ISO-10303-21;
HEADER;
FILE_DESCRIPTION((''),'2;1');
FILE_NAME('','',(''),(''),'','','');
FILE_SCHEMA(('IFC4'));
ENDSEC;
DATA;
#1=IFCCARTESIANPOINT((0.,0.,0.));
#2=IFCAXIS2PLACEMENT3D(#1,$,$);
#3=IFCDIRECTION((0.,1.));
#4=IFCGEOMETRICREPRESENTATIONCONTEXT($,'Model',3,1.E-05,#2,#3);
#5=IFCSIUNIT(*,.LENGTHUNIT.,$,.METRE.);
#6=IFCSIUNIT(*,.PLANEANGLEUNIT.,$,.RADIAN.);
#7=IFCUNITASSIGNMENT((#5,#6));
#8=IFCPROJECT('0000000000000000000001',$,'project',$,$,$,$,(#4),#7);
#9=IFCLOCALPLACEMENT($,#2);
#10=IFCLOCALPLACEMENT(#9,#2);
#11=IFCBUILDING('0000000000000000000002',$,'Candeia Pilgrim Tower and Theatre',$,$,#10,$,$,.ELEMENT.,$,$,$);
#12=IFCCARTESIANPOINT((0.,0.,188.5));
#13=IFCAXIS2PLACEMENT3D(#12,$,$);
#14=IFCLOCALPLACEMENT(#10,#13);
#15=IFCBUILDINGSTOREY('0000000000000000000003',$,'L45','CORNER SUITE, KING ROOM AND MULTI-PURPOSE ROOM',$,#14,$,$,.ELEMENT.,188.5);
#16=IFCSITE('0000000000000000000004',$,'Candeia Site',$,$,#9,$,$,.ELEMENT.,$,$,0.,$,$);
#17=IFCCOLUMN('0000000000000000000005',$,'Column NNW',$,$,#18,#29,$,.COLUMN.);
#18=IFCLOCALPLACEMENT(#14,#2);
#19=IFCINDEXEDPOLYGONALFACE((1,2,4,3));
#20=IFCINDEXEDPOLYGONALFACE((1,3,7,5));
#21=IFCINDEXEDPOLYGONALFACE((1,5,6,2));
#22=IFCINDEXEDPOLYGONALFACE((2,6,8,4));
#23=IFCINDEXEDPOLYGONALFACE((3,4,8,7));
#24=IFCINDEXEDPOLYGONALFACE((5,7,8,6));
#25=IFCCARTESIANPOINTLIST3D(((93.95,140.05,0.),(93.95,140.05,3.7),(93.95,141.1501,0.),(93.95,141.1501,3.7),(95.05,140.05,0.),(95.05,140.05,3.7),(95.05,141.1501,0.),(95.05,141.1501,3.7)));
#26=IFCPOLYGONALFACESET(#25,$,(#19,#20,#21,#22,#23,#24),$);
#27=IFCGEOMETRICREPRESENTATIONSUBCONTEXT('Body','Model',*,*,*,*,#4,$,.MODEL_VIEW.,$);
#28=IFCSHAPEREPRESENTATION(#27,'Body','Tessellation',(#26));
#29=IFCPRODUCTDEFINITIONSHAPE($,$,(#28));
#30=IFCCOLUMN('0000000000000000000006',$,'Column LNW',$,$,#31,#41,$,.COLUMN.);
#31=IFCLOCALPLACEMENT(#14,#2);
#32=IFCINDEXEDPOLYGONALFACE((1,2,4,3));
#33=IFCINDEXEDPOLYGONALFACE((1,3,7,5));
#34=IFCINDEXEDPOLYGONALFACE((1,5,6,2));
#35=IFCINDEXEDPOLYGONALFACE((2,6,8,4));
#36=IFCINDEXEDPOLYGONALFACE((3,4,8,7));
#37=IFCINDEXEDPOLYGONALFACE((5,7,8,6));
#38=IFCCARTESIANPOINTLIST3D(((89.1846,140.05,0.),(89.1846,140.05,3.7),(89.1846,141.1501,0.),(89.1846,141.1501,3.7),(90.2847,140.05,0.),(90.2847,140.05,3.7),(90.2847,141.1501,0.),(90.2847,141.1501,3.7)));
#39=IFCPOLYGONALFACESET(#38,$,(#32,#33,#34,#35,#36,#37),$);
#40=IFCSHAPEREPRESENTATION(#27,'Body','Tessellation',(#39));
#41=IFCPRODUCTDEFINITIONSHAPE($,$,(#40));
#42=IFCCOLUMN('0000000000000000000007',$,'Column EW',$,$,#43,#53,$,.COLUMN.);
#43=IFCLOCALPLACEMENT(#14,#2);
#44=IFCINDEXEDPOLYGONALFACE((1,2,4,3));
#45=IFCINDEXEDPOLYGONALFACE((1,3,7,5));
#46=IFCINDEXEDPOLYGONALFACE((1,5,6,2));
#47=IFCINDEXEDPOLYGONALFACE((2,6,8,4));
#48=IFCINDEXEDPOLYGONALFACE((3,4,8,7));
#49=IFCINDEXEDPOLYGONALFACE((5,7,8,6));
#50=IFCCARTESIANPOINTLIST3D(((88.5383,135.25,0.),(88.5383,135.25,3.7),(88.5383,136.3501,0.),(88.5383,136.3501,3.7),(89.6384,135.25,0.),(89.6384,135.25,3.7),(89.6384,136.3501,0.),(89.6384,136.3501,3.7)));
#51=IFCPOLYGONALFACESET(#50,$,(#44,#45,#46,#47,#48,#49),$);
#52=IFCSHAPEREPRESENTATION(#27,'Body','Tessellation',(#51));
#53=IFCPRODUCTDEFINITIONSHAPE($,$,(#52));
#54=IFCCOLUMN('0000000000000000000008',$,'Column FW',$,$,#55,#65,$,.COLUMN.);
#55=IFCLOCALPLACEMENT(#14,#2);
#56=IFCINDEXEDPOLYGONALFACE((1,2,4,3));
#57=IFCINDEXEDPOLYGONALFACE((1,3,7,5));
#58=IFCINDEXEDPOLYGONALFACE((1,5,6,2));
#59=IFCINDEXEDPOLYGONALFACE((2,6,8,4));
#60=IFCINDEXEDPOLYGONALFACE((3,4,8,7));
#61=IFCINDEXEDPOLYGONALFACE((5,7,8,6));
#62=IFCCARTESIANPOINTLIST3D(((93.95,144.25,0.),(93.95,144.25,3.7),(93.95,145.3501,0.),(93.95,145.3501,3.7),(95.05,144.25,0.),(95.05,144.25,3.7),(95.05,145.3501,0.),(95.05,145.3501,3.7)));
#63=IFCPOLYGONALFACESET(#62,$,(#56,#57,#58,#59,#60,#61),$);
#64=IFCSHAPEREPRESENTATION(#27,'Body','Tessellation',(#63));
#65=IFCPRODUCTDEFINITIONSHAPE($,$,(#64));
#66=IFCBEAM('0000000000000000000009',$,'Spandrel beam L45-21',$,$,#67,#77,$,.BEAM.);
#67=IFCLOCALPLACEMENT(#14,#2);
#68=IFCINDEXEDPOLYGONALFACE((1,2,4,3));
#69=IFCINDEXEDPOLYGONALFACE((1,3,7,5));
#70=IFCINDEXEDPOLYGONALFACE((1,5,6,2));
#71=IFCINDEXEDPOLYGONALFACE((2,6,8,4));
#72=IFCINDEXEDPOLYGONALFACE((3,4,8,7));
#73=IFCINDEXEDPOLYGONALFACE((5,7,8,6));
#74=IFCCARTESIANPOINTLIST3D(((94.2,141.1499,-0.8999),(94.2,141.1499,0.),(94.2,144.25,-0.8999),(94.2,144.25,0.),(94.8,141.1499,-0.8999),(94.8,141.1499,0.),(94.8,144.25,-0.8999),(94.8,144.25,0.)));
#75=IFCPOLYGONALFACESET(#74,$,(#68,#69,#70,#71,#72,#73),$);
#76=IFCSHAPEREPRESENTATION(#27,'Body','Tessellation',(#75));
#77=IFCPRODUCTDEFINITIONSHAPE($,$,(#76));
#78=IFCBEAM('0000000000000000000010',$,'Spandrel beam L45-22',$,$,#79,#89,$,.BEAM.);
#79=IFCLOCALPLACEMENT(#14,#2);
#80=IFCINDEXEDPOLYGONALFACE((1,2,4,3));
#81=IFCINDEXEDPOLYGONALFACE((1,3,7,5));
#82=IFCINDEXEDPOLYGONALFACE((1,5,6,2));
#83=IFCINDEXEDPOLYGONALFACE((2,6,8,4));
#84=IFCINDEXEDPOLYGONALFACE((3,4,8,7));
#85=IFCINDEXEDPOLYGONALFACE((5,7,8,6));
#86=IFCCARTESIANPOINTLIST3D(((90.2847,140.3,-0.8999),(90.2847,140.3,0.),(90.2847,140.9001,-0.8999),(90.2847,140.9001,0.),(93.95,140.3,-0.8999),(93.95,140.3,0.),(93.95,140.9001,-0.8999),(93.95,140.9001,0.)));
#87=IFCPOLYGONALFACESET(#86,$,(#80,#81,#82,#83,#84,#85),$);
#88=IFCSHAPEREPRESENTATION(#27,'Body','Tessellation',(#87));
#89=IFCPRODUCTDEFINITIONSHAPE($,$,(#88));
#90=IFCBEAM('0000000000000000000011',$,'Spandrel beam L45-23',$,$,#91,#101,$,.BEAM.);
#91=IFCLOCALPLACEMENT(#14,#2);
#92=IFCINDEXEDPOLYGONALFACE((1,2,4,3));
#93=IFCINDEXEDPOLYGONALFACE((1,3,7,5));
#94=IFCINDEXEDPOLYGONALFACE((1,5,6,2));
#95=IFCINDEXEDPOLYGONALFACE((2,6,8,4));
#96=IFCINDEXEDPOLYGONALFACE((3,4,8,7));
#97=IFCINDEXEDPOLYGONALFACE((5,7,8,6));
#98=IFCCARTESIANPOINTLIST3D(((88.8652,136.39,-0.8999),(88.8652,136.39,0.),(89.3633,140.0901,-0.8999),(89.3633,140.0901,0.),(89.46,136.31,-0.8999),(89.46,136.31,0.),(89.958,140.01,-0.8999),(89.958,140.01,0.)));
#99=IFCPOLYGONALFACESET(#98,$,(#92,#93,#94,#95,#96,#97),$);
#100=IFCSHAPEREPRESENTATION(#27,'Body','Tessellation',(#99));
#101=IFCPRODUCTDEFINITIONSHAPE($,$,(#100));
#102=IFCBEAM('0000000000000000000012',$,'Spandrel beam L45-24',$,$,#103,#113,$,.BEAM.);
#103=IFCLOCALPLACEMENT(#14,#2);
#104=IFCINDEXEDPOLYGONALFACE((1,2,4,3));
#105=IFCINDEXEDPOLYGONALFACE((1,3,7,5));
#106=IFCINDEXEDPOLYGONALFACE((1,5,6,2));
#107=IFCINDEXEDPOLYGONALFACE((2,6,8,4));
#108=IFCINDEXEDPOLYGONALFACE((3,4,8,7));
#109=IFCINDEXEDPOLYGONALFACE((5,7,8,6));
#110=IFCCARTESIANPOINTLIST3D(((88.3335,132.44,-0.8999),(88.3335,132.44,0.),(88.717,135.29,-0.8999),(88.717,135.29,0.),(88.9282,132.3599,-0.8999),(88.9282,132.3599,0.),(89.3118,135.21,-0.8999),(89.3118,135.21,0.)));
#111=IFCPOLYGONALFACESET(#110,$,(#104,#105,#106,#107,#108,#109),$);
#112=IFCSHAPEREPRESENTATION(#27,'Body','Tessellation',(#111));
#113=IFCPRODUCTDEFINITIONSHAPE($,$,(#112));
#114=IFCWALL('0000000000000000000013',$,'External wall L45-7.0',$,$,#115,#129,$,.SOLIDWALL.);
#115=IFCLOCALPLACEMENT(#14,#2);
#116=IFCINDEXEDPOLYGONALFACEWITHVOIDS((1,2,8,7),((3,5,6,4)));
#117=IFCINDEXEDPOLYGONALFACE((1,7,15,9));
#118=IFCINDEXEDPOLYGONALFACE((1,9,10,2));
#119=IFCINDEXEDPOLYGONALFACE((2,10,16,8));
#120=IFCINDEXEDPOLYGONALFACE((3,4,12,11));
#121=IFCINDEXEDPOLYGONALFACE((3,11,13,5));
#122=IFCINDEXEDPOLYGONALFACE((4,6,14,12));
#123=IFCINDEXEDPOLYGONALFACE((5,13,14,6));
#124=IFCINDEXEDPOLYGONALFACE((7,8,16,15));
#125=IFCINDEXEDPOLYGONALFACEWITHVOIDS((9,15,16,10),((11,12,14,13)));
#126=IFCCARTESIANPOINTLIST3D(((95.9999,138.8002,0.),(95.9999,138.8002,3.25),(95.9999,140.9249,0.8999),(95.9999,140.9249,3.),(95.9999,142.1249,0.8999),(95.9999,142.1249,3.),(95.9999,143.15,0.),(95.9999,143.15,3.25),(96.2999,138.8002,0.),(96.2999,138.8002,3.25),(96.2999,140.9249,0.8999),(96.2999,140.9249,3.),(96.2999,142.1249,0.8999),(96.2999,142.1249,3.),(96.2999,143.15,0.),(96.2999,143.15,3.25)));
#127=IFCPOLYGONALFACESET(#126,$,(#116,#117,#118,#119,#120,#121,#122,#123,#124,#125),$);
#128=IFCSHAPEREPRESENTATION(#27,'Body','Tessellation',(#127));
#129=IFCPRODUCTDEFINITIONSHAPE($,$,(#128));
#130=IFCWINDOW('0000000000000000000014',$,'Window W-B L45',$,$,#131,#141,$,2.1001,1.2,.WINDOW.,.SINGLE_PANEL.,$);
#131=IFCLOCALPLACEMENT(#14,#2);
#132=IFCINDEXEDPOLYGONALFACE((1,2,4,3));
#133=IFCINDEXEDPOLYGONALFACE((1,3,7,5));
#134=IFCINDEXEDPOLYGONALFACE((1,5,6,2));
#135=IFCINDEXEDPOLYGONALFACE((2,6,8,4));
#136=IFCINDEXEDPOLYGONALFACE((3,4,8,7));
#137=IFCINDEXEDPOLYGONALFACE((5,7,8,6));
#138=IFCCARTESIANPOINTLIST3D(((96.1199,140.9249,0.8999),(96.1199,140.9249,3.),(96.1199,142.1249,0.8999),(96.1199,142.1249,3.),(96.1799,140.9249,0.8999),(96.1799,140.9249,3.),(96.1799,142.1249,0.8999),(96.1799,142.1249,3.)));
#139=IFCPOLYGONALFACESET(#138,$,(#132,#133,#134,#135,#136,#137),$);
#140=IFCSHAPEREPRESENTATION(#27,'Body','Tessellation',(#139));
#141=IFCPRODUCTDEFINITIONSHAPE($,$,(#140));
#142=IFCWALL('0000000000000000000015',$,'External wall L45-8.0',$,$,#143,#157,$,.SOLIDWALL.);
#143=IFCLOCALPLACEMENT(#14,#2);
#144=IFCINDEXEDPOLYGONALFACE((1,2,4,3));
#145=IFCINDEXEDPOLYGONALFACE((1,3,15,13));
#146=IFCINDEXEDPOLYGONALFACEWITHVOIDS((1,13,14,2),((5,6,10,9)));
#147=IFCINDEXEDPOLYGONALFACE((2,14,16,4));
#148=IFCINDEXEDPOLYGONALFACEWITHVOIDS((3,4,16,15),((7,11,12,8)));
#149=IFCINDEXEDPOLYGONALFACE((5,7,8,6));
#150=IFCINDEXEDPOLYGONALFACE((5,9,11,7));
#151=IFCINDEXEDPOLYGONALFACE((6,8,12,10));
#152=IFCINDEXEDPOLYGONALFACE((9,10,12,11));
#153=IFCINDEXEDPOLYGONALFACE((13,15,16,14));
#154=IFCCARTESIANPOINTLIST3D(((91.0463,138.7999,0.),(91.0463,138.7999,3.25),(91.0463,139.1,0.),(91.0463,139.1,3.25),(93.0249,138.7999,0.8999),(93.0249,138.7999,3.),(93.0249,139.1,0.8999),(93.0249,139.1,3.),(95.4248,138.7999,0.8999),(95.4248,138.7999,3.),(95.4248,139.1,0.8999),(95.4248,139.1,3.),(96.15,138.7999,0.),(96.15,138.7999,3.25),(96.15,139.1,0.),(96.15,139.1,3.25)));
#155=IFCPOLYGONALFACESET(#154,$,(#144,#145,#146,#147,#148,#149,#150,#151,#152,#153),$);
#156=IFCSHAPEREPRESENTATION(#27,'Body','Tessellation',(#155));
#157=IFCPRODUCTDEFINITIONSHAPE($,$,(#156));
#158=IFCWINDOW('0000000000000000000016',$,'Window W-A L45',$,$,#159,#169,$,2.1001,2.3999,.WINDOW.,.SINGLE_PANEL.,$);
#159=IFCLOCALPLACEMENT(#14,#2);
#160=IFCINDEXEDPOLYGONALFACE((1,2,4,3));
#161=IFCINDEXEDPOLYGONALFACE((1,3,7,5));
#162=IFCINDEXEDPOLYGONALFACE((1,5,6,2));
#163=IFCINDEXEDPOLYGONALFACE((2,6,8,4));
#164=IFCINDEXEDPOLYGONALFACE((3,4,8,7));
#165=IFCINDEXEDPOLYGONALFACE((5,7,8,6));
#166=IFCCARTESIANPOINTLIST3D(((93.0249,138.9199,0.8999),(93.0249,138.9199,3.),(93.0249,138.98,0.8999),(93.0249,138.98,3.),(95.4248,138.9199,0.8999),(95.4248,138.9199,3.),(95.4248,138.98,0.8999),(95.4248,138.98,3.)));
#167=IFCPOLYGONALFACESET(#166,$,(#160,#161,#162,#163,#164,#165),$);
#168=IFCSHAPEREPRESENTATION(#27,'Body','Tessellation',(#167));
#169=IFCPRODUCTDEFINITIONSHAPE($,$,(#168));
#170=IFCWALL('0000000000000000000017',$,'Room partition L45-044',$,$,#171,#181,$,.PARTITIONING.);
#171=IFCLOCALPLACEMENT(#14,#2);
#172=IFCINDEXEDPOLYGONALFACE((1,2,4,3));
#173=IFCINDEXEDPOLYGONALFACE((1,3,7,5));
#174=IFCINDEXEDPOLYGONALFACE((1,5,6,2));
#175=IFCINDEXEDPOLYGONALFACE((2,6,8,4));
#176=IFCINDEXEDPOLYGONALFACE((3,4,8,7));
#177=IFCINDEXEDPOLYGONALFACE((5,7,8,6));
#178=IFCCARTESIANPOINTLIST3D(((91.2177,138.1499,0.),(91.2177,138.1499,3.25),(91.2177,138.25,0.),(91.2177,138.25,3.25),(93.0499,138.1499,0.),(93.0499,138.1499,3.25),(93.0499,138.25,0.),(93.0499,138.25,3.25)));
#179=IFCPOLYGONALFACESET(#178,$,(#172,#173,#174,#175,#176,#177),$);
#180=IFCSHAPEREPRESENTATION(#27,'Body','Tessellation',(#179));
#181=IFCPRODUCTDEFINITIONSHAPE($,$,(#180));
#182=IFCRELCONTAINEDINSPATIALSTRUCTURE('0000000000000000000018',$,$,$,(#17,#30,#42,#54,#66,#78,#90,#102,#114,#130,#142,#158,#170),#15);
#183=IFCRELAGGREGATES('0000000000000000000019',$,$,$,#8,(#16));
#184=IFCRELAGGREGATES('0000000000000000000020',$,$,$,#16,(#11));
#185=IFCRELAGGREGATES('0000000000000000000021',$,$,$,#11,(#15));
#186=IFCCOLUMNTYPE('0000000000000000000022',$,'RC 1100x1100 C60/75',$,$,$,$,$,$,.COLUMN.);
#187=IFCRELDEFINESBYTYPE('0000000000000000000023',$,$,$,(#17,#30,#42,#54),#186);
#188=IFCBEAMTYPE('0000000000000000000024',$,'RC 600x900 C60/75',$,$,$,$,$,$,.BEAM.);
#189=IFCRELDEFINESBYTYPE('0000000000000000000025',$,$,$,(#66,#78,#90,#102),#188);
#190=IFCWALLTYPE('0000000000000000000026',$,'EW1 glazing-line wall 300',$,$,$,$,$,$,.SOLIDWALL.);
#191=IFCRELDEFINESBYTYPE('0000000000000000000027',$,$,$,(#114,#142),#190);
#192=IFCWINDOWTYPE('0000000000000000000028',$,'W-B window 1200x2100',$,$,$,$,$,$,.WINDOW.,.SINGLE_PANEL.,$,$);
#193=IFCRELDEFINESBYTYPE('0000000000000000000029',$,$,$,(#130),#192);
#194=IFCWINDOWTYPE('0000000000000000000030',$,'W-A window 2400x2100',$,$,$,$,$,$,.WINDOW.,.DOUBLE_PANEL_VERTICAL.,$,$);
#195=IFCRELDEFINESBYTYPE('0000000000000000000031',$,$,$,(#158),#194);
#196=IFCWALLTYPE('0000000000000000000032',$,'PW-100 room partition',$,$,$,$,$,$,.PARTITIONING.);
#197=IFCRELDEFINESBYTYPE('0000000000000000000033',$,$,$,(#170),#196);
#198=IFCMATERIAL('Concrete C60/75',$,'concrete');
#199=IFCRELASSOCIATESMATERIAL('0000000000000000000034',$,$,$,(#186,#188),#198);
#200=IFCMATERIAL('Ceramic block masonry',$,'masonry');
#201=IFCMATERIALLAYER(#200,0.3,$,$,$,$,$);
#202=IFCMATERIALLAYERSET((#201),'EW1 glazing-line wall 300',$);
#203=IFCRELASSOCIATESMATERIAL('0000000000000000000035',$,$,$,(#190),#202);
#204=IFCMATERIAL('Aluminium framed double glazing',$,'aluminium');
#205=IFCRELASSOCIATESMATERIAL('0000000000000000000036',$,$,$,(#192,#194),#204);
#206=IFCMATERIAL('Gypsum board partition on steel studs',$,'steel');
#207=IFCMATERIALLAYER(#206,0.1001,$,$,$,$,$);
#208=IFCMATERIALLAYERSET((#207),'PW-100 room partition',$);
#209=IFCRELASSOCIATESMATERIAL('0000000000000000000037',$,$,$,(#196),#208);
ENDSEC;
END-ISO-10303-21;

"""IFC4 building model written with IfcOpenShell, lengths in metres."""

from ifc_helpers import new_model, si_unit, direction, frame, frame_2d, origin, origin_2d, place, context, subcontext, project, spatial, rectangle, extrude, material, layer, layer_set, material_profile, profile_set, type_object, element, fill, save


model = new_model("IFC4")

# Units and contexts
model_context = context("Model", 3, precision=1e-05, world=origin(), true_north=direction((0.0, 1.0)))
body_context = subcontext(model_context, "Body", "Model", "MODEL_VIEW")
ifc_project = project(units=[si_unit("LENGTHUNIT", "METRE"), si_unit("PLANEANGLEUNIT", "RADIAN")], contexts=[model_context])

# Site, building, storey
site_placement = place(None, origin())
site = spatial("IfcSite", under=ifc_project, at=site_placement, Name="Candeia Site", CompositionType="ELEMENT", RefElevation=0.0)
building_placement = place(site_placement, origin())
building = spatial("IfcBuilding", under=site, at=building_placement, Name="Candeia Pilgrim Tower and Theatre", CompositionType="ELEMENT")
storey_placement = place(building_placement, frame((0.0, 0.0, 188.5)))
storey = spatial("IfcBuildingStorey", under=building, at=storey_placement, Name="L45", Description="CORNER SUITE, KING ROOM AND MULTI-PURPOSE ROOM", CompositionType="ELEMENT", Elevation=188.5)

# Columns
ifc_material_1 = material(Name="Concrete C60/75", Category="concrete")
ifc_material_profile_1 = material_profile(ifc_material_1, rectangle(XDim=1.1001, YDim=1.1001, at=origin_2d()))
ifc_profile_set_1 = profile_set([ifc_material_profile_1], Name="Concrete C60/75")
column_type = type_object("IfcColumnType", Name="RC 1100x1100 C60/75", PredefinedType="COLUMN", material=ifc_profile_set_1)
for number, where, z_axis, x_axis, name in (
    (1, (94.5, 140.6001, 0.0), (0.0, 0.0, 1.0), (1.0, 0.0, 0.0), "Column NNW"),
    (2, (89.7346, 140.6001, 0.0), (0.0, 0.0, 1.0), (1.0, 0.0, 0.0), "Column LNW"),
    (3, (89.0884, 135.8, 0.0), (0.0, 0.0, 1.0), (1.0, 0.0, 0.0), "Column EW"),
    (4, (94.5, 144.8, 0.0), (0.0, 0.0, 1.0), (1.0, 0.0, 0.0), "Column FW"),
):
    element("IfcColumn", number, at=place(storey_placement, frame(where, z_axis=z_axis, x_axis=x_axis)), inside=storey, type_object=column_type, Name=name, PredefinedType="COLUMN", context=body_context, shape_type="SweptSolid", body=[
        extrude(rectangle(XDim=1.1001, YDim=1.1001, at=origin_2d()), origin(), (0.0, 0.0, 1.0), 3.7),
    ])

# Beams
ifc_material_profile_2 = material_profile(ifc_material_1, rectangle(XDim=0.6001, YDim=0.8999, at=origin_2d()))
ifc_profile_set_2 = profile_set([ifc_material_profile_2], Name="Concrete C60/75")
beam_type = type_object("IfcBeamType", Name="RC 600x900 C60/75", PredefinedType="BEAM", material=ifc_profile_set_2)
beam_1_placement = place(storey_placement, frame((94.5, 144.25, -0.45), z_axis=(0.0, -1.0, 0.0), x_axis=(1.0, 0.0, 0.0)))
element("IfcBeam", 5, at=beam_1_placement, inside=storey, type_object=beam_type, Name="Spandrel beam L45-21", PredefinedType="BEAM", context=body_context, shape_type="SweptSolid", body=[
    extrude(rectangle(XDim=0.6001, YDim=0.8999, at=origin_2d()), origin(), (0.0, 0.0, 1.0), 3.1001),
])
beam_2_placement = place(storey_placement, frame((93.95, 140.6001, -0.45), z_axis=(-1.0, 0.0, 0.0), x_axis=(0.0, -1.0, 0.0)))
element("IfcBeam", 6, at=beam_2_placement, inside=storey, type_object=beam_type, Name="Spandrel beam L45-22", PredefinedType="BEAM", context=body_context, shape_type="SweptSolid", body=[
    extrude(rectangle(XDim=0.6001, YDim=0.8999, at=origin_2d()), origin(), (0.0, 0.0, 1.0), 3.6653),
])
beam_3_placement = place(storey_placement, frame((89.6606, 140.05, -0.45), z_axis=(-0.133406, -0.991061, 0.0), x_axis=(0.991061, -0.133406, 0.0)))
element("IfcBeam", 7, at=beam_3_placement, inside=storey, type_object=beam_type, Name="Spandrel beam L45-23", PredefinedType="BEAM", context=body_context, shape_type="SweptSolid", body=[
    extrude(rectangle(XDim=0.6001, YDim=0.8999, at=origin_2d()), origin(), (0.0, 0.0, 1.0), 3.7334),
])
beam_4_placement = place(storey_placement, frame((89.0144, 135.25, -0.45), z_axis=(-0.13337, -0.991066, 0.0), x_axis=(0.991066, -0.13337, 0.0)))
element("IfcBeam", 8, at=beam_4_placement, inside=storey, type_object=beam_type, Name="Spandrel beam L45-24", PredefinedType="BEAM", context=body_context, shape_type="SweptSolid", body=[
    extrude(rectangle(XDim=0.6001, YDim=0.8999, at=origin_2d()), origin(), (0.0, 0.0, 1.0), 2.8757),
])

# Walls, openings, windows
ifc_material_2 = material(Name="Ceramic block masonry", Category="masonry")
ifc_layer_1 = layer(ifc_material_2, 0.3)
ifc_layer_set_1 = layer_set([ifc_layer_1], Name="EW1 glazing-line wall 300")
wall_type_1 = type_object("IfcWallType", Name="EW1 glazing-line wall 300", PredefinedType="SOLIDWALL", material=ifc_layer_set_1)
wall_1_placement = place(storey_placement, frame((96.1499, 143.1499, 0.0), z_axis=(0.0, 0.0, 1.0), x_axis=(0.0, -1.0, 0.0)))
wall_1 = element("IfcWall", 9, at=wall_1_placement, inside=storey, type_object=wall_type_1, Name="External wall L45-7.0", PredefinedType="SOLIDWALL", context=body_context, shape_type="SweptSolid", body=[
    extrude(rectangle(XDim=4.3499, YDim=0.3, at=frame_2d((2.1748, 0.0))), origin(), (0.0, 0.0, 1.0), 3.25),
])
opening_1_placement = place(wall_1_placement, frame((1.0249, 0.0, 0.8999)))
opening_1 = element("IfcOpeningElement", 10, at=opening_1_placement, cuts=wall_1, PredefinedType="OPENING", context=body_context, shape_type="SweptSolid", body=[
    extrude(rectangle(XDim=1.2, YDim=2.1001, at=frame_2d((0.6001, 1.05))), frame((0.0, 0.1602, 0.0), z_axis=(0.0, -1.0, 0.0), x_axis=(1.0, 0.0, 0.0)), (0.0, 0.0, 1.0), 0.3201),
])
ifc_material_3 = material(Name="Aluminium framed double glazing", Category="aluminium")
window_type_1 = type_object("IfcWindowType", Name="W-B window 1200x2100", PartitioningType="SINGLE_PANEL", PredefinedType="WINDOW", material=ifc_material_3)
window_1_placement = place(opening_1_placement, origin())
window_1 = element("IfcWindow", 11, at=window_1_placement, inside=storey, type_object=window_type_1, Name="Window W-B L45", OverallHeight=2.1001, OverallWidth=1.2, PartitioningType="SINGLE_PANEL", PredefinedType="WINDOW", context=body_context, shape_type="SweptSolid", body=[
    extrude(rectangle(XDim=1.2, YDim=2.1001, at=frame_2d((0.6001, 1.05))), frame((0.0, 0.03, 0.0), z_axis=(0.0, -1.0, 0.0), x_axis=(1.0, 0.0, 0.0)), (0.0, 0.0, 1.0), 0.0601),
])
fill(opening_1, window_1)
wall_2_placement = place(storey_placement, frame((96.1499, 138.95, 0.0), z_axis=(0.0, 0.0, 1.0), x_axis=(-1.0, 0.0, 0.0)))
wall_2 = element("IfcWall", 12, at=wall_2_placement, inside=storey, type_object=wall_type_1, Name="External wall L45-8.0", PredefinedType="SOLIDWALL", context=body_context, shape_type="SweptSolid", body=[
    extrude(rectangle(XDim=5.1038, YDim=0.3, at=frame_2d((2.5518, 0.0))), origin(), (0.0, 0.0, 1.0), 3.25),
])
opening_2_placement = place(wall_2_placement, frame((0.7251, 0.0, 0.8999)))
opening_2 = element("IfcOpeningElement", 13, at=opening_2_placement, cuts=wall_2, PredefinedType="OPENING", context=body_context, shape_type="SweptSolid", body=[
    extrude(rectangle(XDim=2.3999, YDim=2.1001, at=frame_2d((1.2, 1.05))), frame((0.0, 0.1602, 0.0), z_axis=(0.0, -1.0, 0.0), x_axis=(1.0, 0.0, 0.0)), (0.0, 0.0, 1.0), 0.3201),
])
window_type_2 = type_object("IfcWindowType", Name="W-A window 2400x2100", PartitioningType="DOUBLE_PANEL_VERTICAL", PredefinedType="WINDOW", material=ifc_material_3)
window_2_placement = place(opening_2_placement, origin())
window_2 = element("IfcWindow", 14, at=window_2_placement, inside=storey, type_object=window_type_2, Name="Window W-A L45", OverallHeight=2.1001, OverallWidth=2.3999, PartitioningType="SINGLE_PANEL", PredefinedType="WINDOW", context=body_context, shape_type="SweptSolid", body=[
    extrude(rectangle(XDim=2.3999, YDim=2.1001, at=frame_2d((1.2, 1.05))), frame((0.0, 0.03, 0.0), z_axis=(0.0, -1.0, 0.0), x_axis=(1.0, 0.0, 0.0)), (0.0, 0.0, 1.0), 0.0601),
])
fill(opening_2, window_2)

# Wall
ifc_material_4 = material(Name="Gypsum board partition on steel studs", Category="steel")
ifc_layer_2 = layer(ifc_material_4, 0.1001)
ifc_layer_set_2 = layer_set([ifc_layer_2], Name="PW-100 room partition")
wall_type_2 = type_object("IfcWallType", Name="PW-100 room partition", PredefinedType="PARTITIONING", material=ifc_layer_set_2)
wall_3_placement = place(storey_placement, frame((91.2178, 138.2, 0.0), z_axis=(0.0, 0.0, 1.0), x_axis=(1.0, 0.0, 0.0)))
element("IfcWall", 15, at=wall_3_placement, inside=storey, type_object=wall_type_2, Name="Room partition L45-044", PredefinedType="PARTITIONING", context=body_context, shape_type="SweptSolid", body=[
    extrude(rectangle(XDim=1.8323, YDim=0.1001, at=frame_2d((0.916, 0.0))), origin(), (0.0, 0.0, 1.0), 3.25),
])

save(model, "model.ifc")
